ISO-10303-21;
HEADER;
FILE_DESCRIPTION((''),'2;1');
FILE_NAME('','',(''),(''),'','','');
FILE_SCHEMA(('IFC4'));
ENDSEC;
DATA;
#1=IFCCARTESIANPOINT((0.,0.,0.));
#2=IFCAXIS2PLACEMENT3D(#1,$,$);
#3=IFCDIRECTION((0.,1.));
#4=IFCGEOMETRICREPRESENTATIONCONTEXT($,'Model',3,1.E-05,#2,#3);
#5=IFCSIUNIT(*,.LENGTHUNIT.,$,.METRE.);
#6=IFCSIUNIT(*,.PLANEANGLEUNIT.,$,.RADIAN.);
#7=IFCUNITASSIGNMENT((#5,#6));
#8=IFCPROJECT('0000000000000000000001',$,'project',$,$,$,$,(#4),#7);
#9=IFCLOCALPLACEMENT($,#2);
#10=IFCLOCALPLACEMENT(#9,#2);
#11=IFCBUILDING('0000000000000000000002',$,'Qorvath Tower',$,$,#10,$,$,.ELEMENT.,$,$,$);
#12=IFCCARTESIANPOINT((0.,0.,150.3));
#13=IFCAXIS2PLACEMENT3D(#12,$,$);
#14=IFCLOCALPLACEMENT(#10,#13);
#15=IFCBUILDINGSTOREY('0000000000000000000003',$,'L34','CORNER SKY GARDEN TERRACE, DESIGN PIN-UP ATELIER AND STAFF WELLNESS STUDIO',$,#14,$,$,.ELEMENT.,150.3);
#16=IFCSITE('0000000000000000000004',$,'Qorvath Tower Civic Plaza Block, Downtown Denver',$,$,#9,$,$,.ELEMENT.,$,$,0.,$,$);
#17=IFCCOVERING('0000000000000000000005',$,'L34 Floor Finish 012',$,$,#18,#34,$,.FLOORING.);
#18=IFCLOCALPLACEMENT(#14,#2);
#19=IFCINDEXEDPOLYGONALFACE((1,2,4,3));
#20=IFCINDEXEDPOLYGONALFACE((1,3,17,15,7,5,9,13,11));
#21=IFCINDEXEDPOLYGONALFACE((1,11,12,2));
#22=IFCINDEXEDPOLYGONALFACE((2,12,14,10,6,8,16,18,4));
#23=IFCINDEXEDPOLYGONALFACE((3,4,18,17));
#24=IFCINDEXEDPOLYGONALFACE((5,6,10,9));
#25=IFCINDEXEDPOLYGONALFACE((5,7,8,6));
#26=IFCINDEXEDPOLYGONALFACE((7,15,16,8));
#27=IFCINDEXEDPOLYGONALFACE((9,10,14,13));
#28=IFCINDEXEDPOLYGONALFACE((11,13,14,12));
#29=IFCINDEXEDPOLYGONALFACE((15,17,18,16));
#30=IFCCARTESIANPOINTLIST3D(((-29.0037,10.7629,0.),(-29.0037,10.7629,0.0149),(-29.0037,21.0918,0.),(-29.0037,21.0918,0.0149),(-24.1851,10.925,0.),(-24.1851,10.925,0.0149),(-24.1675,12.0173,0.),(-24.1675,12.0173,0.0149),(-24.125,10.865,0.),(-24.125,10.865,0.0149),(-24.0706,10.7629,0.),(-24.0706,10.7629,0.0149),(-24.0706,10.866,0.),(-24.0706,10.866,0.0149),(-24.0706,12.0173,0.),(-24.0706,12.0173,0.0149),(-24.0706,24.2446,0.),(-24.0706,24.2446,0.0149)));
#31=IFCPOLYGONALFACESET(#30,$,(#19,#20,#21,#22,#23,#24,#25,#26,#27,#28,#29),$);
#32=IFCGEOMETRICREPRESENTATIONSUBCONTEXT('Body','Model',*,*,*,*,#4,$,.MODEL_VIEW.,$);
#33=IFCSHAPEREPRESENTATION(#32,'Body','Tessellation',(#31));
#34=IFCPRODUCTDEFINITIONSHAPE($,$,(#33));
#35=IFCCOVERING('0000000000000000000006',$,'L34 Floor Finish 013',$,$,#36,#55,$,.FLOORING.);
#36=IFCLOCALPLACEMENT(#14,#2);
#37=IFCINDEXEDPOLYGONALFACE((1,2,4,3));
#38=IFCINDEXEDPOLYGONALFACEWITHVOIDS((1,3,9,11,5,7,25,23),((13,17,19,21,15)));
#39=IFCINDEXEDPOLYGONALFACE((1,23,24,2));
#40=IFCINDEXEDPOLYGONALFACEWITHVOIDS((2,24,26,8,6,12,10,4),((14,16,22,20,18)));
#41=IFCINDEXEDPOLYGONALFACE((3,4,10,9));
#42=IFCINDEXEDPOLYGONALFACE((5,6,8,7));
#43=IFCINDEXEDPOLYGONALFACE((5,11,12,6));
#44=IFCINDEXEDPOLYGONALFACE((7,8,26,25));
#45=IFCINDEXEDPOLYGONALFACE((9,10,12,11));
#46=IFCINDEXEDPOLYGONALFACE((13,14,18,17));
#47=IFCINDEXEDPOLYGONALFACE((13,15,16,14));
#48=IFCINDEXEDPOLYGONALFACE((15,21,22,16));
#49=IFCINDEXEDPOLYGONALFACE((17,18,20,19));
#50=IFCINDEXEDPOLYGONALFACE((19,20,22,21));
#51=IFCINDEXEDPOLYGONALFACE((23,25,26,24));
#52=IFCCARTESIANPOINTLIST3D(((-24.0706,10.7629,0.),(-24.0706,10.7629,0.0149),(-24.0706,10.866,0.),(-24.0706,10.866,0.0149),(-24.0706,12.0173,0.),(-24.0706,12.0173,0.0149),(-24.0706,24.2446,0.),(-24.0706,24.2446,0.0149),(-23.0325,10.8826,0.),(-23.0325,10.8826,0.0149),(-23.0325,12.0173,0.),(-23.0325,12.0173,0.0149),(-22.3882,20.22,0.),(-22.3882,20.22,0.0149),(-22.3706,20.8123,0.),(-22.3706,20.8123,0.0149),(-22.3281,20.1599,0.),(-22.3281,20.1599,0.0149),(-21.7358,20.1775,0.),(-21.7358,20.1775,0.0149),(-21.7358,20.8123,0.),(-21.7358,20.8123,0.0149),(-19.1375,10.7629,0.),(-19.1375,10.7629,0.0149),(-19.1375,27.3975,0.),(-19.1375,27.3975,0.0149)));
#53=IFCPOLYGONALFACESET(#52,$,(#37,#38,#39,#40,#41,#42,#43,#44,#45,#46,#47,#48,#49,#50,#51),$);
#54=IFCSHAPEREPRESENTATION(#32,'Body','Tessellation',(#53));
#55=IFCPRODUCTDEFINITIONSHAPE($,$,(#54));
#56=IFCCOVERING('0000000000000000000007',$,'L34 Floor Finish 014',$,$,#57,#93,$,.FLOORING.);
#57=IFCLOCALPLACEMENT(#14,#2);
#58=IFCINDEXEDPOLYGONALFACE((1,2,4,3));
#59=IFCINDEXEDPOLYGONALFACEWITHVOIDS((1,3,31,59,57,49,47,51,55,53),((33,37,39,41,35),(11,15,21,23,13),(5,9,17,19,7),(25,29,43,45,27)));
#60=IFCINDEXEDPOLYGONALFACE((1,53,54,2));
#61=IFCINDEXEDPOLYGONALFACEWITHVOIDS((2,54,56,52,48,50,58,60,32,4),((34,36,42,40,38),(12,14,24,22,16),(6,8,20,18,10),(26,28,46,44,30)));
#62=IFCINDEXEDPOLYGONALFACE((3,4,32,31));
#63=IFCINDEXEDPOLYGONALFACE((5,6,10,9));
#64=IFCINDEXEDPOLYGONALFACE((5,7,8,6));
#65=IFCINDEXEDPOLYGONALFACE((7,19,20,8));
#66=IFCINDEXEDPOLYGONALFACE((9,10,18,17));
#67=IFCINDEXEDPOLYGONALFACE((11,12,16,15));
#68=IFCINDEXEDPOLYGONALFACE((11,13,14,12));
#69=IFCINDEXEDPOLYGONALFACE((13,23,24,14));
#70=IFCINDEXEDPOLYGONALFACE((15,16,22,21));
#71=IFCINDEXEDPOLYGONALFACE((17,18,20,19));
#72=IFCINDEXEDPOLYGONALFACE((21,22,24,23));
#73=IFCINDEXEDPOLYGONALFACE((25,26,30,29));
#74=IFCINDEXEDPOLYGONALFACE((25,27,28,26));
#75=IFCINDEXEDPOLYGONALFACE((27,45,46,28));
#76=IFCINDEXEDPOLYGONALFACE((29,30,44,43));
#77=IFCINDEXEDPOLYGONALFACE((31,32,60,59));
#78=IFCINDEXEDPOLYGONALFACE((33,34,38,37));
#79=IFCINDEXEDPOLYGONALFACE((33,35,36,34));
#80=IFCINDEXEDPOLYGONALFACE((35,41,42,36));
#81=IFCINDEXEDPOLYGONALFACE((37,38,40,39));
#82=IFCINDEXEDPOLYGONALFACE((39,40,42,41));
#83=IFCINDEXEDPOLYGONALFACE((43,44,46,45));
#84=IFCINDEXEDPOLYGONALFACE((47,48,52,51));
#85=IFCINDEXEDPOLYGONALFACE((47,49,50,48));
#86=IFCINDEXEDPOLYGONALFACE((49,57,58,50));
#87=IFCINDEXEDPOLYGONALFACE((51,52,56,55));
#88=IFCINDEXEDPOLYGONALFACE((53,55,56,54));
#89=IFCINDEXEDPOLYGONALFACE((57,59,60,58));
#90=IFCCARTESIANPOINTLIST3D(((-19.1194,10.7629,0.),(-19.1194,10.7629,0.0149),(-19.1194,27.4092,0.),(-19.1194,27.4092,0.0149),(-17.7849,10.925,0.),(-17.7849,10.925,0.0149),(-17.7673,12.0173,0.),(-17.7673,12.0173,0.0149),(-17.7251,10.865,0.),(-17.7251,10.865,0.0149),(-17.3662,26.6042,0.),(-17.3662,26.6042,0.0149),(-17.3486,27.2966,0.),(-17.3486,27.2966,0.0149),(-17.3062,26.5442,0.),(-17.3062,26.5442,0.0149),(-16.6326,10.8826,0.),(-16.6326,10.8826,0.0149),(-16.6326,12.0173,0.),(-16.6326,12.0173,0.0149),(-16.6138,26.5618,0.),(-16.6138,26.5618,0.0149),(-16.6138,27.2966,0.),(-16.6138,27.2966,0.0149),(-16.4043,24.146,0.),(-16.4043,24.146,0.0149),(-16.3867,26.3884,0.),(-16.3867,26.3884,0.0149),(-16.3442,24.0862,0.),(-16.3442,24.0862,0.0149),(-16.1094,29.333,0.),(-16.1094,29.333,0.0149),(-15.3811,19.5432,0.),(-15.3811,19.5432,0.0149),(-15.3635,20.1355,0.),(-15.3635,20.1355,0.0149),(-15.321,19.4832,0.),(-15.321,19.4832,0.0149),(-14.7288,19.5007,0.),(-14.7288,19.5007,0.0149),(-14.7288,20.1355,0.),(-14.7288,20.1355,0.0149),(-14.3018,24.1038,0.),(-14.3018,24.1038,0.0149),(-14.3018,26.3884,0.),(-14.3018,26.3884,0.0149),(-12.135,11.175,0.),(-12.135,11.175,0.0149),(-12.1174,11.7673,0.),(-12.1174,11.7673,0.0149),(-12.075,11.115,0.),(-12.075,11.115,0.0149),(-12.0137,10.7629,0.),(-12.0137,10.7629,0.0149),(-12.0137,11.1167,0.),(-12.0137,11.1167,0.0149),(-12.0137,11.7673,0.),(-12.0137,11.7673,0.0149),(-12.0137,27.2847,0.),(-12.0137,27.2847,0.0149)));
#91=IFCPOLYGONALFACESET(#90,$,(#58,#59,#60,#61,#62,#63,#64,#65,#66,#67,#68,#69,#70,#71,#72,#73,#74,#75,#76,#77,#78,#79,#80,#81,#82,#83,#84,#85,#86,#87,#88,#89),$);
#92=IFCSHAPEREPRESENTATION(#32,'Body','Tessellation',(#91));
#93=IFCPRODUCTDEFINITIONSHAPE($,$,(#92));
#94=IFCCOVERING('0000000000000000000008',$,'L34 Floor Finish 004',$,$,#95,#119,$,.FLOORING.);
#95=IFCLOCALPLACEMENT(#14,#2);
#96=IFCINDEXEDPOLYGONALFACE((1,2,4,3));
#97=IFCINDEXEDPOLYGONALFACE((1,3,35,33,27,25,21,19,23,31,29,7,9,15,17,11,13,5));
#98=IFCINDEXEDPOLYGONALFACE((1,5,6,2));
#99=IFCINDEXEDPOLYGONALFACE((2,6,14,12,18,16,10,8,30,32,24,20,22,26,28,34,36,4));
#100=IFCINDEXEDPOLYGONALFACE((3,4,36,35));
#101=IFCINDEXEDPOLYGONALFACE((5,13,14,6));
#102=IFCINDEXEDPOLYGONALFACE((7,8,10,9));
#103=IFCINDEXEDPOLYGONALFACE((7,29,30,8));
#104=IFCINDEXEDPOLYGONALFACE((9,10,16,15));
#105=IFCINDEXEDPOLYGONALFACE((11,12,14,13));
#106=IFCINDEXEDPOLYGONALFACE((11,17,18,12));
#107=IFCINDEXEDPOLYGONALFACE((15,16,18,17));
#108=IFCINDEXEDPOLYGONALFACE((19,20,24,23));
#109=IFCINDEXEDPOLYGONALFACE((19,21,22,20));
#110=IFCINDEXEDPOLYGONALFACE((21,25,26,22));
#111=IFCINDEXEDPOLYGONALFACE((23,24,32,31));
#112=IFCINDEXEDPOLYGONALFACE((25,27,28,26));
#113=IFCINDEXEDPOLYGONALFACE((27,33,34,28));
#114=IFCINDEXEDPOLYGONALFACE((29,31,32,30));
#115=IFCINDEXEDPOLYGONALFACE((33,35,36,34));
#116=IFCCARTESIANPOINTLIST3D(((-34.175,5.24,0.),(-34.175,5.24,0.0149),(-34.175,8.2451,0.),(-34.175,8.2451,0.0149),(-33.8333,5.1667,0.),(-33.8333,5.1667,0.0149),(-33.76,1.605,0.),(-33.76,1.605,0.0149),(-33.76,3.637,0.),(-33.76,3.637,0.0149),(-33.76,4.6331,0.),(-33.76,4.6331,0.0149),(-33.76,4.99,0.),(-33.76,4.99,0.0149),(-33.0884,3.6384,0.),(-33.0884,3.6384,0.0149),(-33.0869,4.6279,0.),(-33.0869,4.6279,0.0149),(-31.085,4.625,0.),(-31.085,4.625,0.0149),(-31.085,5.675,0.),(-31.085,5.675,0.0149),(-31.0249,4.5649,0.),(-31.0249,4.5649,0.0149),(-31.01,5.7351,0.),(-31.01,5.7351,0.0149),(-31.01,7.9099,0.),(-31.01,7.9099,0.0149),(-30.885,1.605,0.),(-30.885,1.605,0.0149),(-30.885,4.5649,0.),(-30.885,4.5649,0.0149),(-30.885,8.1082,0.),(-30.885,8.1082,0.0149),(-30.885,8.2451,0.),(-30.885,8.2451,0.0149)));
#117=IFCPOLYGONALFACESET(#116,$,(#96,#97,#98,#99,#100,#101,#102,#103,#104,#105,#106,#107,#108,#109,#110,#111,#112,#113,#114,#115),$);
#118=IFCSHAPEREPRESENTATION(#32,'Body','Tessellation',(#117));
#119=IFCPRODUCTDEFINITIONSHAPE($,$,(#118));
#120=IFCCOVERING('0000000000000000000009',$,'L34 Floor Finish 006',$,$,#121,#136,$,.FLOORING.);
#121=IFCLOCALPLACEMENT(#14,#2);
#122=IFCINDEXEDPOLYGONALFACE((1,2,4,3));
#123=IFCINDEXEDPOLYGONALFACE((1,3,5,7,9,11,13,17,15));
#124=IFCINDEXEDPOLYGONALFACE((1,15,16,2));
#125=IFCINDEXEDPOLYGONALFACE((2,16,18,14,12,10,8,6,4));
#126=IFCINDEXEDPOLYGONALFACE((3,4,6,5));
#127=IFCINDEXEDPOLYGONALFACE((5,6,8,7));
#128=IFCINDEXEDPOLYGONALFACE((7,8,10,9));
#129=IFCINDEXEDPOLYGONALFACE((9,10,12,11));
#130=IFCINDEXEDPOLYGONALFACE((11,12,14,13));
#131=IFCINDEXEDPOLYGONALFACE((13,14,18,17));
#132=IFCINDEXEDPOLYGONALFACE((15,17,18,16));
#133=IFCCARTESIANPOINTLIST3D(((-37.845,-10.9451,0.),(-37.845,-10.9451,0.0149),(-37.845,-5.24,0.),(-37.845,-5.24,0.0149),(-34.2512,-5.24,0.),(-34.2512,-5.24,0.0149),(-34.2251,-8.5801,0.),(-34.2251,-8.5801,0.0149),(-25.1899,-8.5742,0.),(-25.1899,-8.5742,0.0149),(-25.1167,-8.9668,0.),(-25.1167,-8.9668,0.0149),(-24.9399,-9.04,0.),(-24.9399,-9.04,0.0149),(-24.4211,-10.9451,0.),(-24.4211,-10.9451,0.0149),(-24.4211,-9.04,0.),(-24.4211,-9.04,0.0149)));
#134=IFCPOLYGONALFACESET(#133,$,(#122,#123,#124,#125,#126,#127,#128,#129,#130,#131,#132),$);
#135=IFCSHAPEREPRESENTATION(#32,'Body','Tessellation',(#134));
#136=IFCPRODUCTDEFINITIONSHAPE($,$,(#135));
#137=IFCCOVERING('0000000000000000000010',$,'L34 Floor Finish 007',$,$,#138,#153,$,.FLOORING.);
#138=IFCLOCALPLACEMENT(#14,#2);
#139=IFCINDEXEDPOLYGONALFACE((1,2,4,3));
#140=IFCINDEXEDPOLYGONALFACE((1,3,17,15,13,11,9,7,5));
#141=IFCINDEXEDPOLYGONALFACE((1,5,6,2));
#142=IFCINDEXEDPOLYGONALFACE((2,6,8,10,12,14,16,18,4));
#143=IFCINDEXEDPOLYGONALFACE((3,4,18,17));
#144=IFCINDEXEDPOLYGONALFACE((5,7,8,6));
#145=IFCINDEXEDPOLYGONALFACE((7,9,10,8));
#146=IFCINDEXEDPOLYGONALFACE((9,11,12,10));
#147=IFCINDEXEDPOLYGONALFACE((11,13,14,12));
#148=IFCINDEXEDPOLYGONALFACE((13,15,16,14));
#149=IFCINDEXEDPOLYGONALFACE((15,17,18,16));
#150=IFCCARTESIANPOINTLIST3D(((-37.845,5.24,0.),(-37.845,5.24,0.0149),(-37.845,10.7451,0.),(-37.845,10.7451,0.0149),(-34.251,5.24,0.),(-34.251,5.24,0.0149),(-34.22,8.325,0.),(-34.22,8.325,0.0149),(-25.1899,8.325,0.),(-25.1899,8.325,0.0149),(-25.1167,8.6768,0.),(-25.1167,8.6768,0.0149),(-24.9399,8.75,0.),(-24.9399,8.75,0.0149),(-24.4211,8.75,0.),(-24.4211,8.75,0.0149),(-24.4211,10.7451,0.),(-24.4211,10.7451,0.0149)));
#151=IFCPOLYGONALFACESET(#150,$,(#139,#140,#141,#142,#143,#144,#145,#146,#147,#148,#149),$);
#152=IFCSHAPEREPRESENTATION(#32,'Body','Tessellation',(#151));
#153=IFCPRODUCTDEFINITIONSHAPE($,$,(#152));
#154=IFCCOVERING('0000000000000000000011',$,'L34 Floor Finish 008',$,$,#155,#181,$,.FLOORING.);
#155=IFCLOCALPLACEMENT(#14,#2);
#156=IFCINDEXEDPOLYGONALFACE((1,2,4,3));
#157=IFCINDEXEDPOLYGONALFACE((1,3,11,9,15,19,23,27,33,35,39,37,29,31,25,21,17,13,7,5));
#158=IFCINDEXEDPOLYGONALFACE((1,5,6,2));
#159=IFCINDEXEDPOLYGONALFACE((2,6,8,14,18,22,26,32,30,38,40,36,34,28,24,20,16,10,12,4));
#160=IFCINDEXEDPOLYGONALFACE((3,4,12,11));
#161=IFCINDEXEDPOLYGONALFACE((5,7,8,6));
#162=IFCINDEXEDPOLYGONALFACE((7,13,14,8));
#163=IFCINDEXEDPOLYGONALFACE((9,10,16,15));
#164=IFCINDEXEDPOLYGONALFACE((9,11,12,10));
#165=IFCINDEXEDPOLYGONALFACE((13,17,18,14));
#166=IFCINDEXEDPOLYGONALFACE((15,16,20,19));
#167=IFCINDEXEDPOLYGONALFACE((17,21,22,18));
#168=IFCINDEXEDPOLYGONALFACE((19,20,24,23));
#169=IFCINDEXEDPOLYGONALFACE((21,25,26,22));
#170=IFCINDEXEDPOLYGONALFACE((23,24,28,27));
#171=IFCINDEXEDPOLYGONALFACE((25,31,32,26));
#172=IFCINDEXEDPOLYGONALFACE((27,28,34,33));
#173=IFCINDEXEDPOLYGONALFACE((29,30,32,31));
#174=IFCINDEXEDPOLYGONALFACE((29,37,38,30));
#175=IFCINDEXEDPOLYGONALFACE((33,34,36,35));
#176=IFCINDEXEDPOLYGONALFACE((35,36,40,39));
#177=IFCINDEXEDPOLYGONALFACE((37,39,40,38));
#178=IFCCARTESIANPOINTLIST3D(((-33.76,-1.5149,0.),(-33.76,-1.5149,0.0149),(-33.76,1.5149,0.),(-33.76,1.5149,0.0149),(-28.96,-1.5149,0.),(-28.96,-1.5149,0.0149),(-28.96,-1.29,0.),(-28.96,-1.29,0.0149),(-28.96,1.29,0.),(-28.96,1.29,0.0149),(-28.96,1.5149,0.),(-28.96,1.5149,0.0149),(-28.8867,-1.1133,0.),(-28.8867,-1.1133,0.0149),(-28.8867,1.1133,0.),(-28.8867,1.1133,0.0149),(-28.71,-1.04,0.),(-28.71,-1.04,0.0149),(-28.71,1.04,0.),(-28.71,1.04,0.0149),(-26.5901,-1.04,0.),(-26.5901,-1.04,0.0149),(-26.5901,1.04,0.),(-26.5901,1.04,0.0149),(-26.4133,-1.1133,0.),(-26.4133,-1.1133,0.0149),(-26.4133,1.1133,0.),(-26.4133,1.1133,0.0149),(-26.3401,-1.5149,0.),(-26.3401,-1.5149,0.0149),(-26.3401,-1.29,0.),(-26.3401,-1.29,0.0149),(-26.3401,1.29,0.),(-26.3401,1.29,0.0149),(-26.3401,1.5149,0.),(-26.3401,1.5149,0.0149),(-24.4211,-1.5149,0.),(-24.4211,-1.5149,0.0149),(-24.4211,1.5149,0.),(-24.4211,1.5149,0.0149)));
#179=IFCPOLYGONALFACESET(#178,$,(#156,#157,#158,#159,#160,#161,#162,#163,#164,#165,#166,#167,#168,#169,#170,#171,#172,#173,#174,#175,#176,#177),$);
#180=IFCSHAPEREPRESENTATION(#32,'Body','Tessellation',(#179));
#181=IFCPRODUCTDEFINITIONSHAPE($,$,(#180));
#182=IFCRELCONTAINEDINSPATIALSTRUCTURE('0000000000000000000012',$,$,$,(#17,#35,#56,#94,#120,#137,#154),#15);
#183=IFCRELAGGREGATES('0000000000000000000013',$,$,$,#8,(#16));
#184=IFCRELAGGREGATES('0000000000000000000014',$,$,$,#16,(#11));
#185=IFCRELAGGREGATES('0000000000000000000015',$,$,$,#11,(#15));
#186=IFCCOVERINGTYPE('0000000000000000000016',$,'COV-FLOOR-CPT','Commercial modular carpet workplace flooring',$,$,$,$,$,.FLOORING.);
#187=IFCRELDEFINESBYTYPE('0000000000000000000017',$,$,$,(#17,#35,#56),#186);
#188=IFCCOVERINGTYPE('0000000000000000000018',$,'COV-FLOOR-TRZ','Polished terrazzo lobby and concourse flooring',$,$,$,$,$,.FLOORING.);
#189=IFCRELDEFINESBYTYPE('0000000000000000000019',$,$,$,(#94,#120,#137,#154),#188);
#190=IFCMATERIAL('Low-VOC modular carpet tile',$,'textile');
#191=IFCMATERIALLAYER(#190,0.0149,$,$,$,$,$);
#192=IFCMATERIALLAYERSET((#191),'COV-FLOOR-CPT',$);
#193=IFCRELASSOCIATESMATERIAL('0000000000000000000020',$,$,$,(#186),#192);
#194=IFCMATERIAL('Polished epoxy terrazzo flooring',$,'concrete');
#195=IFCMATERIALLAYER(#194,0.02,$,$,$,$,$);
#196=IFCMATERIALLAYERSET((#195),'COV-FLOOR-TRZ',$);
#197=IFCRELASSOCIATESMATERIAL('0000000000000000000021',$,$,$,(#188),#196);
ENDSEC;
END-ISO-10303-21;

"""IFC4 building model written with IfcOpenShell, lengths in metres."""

from ifc_helpers import new_model, si_unit, direction, frame, origin, place, context, subcontext, project, spatial, polyline, outline, extrude, material, layer, layer_set, type_object, element, save


model = new_model("IFC4")

# Units and contexts
model_context = context("Model", 3, precision=1e-05, world=origin(), true_north=direction((0.0, 1.0)))
body_context = subcontext(model_context, "Body", "Model", "MODEL_VIEW")
ifc_project = project(units=[si_unit("LENGTHUNIT", "METRE"), si_unit("PLANEANGLEUNIT", "RADIAN")], contexts=[model_context])

# Site, building, storey
site_placement = place(None, origin())
site = spatial("IfcSite", under=ifc_project, at=site_placement, Name="Qorvath Tower Civic Plaza Block, Downtown Denver", CompositionType="ELEMENT", RefElevation=0.0)
building_placement = place(site_placement, origin())
building = spatial("IfcBuilding", under=site, at=building_placement, Name="Qorvath Tower", CompositionType="ELEMENT")
storey_placement = place(building_placement, frame((0.0, 0.0, 150.3)))
storey = spatial("IfcBuildingStorey", under=building, at=storey_placement, Name="L34", Description="CORNER SKY GARDEN TERRACE, DESIGN PIN-UP ATELIER AND STAFF WELLNESS STUDIO", CompositionType="ELEMENT", Elevation=150.3)

# Coverings
ifc_material_1 = material(Name="Low-VOC modular carpet tile", Category="textile")
ifc_layer_1 = layer(ifc_material_1, 0.0149)
ifc_layer_set_1 = layer_set([ifc_layer_1], Name="COV-FLOOR-CPT")
covering_type_1 = type_object("IfcCoveringType", Name="COV-FLOOR-CPT", Description="Commercial modular carpet workplace flooring", PredefinedType="FLOORING", material=ifc_layer_set_1)
covering_1_placement = place(storey_placement, origin())
element("IfcCovering", 1, at=covering_1_placement, inside=storey, type_object=covering_type_1, Name="L34 Floor Finish 012", PredefinedType="FLOORING", context=body_context, shape_type="SweptSolid", body=[
    extrude(outline(polyline([(-24.0706, 10.7629), (-24.0706, 10.866), (-24.125, 10.865), (-24.1851, 10.925), (-24.1675, 12.0173), (-24.0706, 12.0173), (-24.0706, 24.2446), (-29.0037, 21.0918), (-29.0037, 10.7629), (-24.0706, 10.7629)])), origin(), (0.0, 0.0, 1.0), 0.0149),
])
covering_2_placement = place(storey_placement, origin())
element("IfcCovering", 2, at=covering_2_placement, inside=storey, type_object=covering_type_1, Name="L34 Floor Finish 013", PredefinedType="FLOORING", context=body_context, shape_type="SweptSolid", body=[
    extrude(outline(polyline([(-19.1375, 10.7629), (-19.1375, 27.3975), (-24.0706, 24.2446), (-24.0706, 12.0173), (-23.0325, 12.0173), (-23.0325, 10.8826), (-24.0706, 10.866), (-24.0706, 10.7629), (-19.1375, 10.7629)]), holes=[polyline([(-22.3882, 20.22), (-22.3706, 20.8123), (-21.7358, 20.8123), (-21.7358, 20.1775), (-22.3281, 20.1599), (-22.3882, 20.22)])]), origin(), (0.0, 0.0, 1.0), 0.0149),
])
covering_3_placement = place(storey_placement, origin())
element("IfcCovering", 3, at=covering_3_placement, inside=storey, type_object=covering_type_1, Name="L34 Floor Finish 014", PredefinedType="FLOORING", context=body_context, shape_type="SweptSolid", body=[
    extrude(outline(polyline([(-12.0137, 10.7629), (-12.0137, 11.1167), (-12.075, 11.115), (-12.135, 11.175), (-12.1174, 11.7673), (-12.0137, 11.7673), (-12.0137, 27.2847), (-16.1094, 29.333), (-19.1194, 27.4092), (-19.1194, 10.7629), (-12.0137, 10.7629)]), holes=[polyline([(-16.4043, 24.146), (-16.3867, 26.3884), (-14.3018, 26.3884), (-14.3018, 24.1038), (-16.3442, 24.0862), (-16.4043, 24.146)]), polyline([(-15.3811, 19.5432), (-15.3635, 20.1355), (-14.7288, 20.1355), (-14.7288, 19.5007), (-15.321, 19.4832), (-15.3811, 19.5432)]), polyline([(-17.3662, 26.6042), (-17.3486, 27.2966), (-16.6138, 27.2966), (-16.6138, 26.5618), (-17.3062, 26.5442), (-17.3662, 26.6042)]), polyline([(-17.7849, 10.925), (-17.7673, 12.0173), (-16.6326, 12.0173), (-16.6326, 10.8826), (-17.7251, 10.865), (-17.7849, 10.925)])]), origin(), (0.0, 0.0, 1.0), 0.0149),
])
ifc_material_2 = material(Name="Polished epoxy terrazzo flooring", Category="concrete")
ifc_layer_2 = layer(ifc_material_2, 0.02)
ifc_layer_set_2 = layer_set([ifc_layer_2], Name="COV-FLOOR-TRZ")
covering_type_2 = type_object("IfcCoveringType", Name="COV-FLOOR-TRZ", Description="Polished terrazzo lobby and concourse flooring", PredefinedType="FLOORING", material=ifc_layer_set_2)
covering_4_placement = place(storey_placement, origin())
element("IfcCovering", 4, at=covering_4_placement, inside=storey, type_object=covering_type_2, Name="L34 Floor Finish 004", PredefinedType="FLOORING", context=body_context, shape_type="SweptSolid", body=[
    extrude(outline(polyline([(-30.885, 8.2451), (-34.175, 8.2451), (-34.175, 5.24), (-33.8333, 5.1667), (-33.76, 4.99), (-33.76, 4.6331), (-33.0869, 4.6279), (-33.0884, 3.6384), (-33.76, 3.637), (-33.76, 1.605), (-30.885, 1.605), (-30.885, 4.5649), (-31.0249, 4.5649), (-31.085, 4.625), (-31.085, 5.675), (-31.01, 5.7351), (-31.01, 7.9099), (-30.885, 8.1082), (-30.885, 8.2451)])), origin(), (0.0, 0.0, 1.0), 0.0149),
])
covering_5_placement = place(storey_placement, origin())
element("IfcCovering", 5, at=covering_5_placement, inside=storey, type_object=covering_type_2, Name="L34 Floor Finish 006", PredefinedType="FLOORING", context=body_context, shape_type="SweptSolid", body=[
    extrude(outline(polyline([(-34.2251, -8.5801), (-34.2512, -5.24), (-37.845, -5.24), (-37.845, -10.9451), (-24.4211, -10.9451), (-24.4211, -9.04), (-24.9399, -9.04), (-25.1167, -8.9668), (-25.1899, -8.5742), (-34.2251, -8.5801)])), origin(), (0.0, 0.0, 1.0), 0.0149),
])
covering_6_placement = place(storey_placement, origin())
element("IfcCovering", 6, at=covering_6_placement, inside=storey, type_object=covering_type_2, Name="L34 Floor Finish 007", PredefinedType="FLOORING", context=body_context, shape_type="SweptSolid", body=[
    extrude(outline(polyline([(-24.4211, 8.75), (-24.4211, 10.7451), (-37.845, 10.7451), (-37.845, 5.24), (-34.251, 5.24), (-34.22, 8.325), (-25.1899, 8.325), (-25.1167, 8.6768), (-24.9399, 8.75), (-24.4211, 8.75)])), origin(), (0.0, 0.0, 1.0), 0.0149),
])
covering_7_placement = place(storey_placement, origin())
element("IfcCovering", 7, at=covering_7_placement, inside=storey, type_object=covering_type_2, Name="L34 Floor Finish 008", PredefinedType="FLOORING", context=body_context, shape_type="SweptSolid", body=[
    extrude(outline(polyline([(-24.4211, -1.5149), (-24.4211, 1.5149), (-26.3401, 1.5149), (-26.3401, 1.29), (-26.4133, 1.1133), (-26.5901, 1.04), (-28.71, 1.04), (-28.8867, 1.1133), (-28.96, 1.29), (-28.96, 1.5149), (-33.76, 1.5149), (-33.76, -1.5149), (-28.96, -1.5149), (-28.96, -1.29), (-28.8867, -1.1133), (-28.71, -1.04), (-26.5901, -1.04), (-26.4133, -1.1133), (-26.3401, -1.29), (-26.3401, -1.5149), (-24.4211, -1.5149)])), origin(), (0.0, 0.0, 1.0), 0.0149),
])

save(model, "model.ifc")
